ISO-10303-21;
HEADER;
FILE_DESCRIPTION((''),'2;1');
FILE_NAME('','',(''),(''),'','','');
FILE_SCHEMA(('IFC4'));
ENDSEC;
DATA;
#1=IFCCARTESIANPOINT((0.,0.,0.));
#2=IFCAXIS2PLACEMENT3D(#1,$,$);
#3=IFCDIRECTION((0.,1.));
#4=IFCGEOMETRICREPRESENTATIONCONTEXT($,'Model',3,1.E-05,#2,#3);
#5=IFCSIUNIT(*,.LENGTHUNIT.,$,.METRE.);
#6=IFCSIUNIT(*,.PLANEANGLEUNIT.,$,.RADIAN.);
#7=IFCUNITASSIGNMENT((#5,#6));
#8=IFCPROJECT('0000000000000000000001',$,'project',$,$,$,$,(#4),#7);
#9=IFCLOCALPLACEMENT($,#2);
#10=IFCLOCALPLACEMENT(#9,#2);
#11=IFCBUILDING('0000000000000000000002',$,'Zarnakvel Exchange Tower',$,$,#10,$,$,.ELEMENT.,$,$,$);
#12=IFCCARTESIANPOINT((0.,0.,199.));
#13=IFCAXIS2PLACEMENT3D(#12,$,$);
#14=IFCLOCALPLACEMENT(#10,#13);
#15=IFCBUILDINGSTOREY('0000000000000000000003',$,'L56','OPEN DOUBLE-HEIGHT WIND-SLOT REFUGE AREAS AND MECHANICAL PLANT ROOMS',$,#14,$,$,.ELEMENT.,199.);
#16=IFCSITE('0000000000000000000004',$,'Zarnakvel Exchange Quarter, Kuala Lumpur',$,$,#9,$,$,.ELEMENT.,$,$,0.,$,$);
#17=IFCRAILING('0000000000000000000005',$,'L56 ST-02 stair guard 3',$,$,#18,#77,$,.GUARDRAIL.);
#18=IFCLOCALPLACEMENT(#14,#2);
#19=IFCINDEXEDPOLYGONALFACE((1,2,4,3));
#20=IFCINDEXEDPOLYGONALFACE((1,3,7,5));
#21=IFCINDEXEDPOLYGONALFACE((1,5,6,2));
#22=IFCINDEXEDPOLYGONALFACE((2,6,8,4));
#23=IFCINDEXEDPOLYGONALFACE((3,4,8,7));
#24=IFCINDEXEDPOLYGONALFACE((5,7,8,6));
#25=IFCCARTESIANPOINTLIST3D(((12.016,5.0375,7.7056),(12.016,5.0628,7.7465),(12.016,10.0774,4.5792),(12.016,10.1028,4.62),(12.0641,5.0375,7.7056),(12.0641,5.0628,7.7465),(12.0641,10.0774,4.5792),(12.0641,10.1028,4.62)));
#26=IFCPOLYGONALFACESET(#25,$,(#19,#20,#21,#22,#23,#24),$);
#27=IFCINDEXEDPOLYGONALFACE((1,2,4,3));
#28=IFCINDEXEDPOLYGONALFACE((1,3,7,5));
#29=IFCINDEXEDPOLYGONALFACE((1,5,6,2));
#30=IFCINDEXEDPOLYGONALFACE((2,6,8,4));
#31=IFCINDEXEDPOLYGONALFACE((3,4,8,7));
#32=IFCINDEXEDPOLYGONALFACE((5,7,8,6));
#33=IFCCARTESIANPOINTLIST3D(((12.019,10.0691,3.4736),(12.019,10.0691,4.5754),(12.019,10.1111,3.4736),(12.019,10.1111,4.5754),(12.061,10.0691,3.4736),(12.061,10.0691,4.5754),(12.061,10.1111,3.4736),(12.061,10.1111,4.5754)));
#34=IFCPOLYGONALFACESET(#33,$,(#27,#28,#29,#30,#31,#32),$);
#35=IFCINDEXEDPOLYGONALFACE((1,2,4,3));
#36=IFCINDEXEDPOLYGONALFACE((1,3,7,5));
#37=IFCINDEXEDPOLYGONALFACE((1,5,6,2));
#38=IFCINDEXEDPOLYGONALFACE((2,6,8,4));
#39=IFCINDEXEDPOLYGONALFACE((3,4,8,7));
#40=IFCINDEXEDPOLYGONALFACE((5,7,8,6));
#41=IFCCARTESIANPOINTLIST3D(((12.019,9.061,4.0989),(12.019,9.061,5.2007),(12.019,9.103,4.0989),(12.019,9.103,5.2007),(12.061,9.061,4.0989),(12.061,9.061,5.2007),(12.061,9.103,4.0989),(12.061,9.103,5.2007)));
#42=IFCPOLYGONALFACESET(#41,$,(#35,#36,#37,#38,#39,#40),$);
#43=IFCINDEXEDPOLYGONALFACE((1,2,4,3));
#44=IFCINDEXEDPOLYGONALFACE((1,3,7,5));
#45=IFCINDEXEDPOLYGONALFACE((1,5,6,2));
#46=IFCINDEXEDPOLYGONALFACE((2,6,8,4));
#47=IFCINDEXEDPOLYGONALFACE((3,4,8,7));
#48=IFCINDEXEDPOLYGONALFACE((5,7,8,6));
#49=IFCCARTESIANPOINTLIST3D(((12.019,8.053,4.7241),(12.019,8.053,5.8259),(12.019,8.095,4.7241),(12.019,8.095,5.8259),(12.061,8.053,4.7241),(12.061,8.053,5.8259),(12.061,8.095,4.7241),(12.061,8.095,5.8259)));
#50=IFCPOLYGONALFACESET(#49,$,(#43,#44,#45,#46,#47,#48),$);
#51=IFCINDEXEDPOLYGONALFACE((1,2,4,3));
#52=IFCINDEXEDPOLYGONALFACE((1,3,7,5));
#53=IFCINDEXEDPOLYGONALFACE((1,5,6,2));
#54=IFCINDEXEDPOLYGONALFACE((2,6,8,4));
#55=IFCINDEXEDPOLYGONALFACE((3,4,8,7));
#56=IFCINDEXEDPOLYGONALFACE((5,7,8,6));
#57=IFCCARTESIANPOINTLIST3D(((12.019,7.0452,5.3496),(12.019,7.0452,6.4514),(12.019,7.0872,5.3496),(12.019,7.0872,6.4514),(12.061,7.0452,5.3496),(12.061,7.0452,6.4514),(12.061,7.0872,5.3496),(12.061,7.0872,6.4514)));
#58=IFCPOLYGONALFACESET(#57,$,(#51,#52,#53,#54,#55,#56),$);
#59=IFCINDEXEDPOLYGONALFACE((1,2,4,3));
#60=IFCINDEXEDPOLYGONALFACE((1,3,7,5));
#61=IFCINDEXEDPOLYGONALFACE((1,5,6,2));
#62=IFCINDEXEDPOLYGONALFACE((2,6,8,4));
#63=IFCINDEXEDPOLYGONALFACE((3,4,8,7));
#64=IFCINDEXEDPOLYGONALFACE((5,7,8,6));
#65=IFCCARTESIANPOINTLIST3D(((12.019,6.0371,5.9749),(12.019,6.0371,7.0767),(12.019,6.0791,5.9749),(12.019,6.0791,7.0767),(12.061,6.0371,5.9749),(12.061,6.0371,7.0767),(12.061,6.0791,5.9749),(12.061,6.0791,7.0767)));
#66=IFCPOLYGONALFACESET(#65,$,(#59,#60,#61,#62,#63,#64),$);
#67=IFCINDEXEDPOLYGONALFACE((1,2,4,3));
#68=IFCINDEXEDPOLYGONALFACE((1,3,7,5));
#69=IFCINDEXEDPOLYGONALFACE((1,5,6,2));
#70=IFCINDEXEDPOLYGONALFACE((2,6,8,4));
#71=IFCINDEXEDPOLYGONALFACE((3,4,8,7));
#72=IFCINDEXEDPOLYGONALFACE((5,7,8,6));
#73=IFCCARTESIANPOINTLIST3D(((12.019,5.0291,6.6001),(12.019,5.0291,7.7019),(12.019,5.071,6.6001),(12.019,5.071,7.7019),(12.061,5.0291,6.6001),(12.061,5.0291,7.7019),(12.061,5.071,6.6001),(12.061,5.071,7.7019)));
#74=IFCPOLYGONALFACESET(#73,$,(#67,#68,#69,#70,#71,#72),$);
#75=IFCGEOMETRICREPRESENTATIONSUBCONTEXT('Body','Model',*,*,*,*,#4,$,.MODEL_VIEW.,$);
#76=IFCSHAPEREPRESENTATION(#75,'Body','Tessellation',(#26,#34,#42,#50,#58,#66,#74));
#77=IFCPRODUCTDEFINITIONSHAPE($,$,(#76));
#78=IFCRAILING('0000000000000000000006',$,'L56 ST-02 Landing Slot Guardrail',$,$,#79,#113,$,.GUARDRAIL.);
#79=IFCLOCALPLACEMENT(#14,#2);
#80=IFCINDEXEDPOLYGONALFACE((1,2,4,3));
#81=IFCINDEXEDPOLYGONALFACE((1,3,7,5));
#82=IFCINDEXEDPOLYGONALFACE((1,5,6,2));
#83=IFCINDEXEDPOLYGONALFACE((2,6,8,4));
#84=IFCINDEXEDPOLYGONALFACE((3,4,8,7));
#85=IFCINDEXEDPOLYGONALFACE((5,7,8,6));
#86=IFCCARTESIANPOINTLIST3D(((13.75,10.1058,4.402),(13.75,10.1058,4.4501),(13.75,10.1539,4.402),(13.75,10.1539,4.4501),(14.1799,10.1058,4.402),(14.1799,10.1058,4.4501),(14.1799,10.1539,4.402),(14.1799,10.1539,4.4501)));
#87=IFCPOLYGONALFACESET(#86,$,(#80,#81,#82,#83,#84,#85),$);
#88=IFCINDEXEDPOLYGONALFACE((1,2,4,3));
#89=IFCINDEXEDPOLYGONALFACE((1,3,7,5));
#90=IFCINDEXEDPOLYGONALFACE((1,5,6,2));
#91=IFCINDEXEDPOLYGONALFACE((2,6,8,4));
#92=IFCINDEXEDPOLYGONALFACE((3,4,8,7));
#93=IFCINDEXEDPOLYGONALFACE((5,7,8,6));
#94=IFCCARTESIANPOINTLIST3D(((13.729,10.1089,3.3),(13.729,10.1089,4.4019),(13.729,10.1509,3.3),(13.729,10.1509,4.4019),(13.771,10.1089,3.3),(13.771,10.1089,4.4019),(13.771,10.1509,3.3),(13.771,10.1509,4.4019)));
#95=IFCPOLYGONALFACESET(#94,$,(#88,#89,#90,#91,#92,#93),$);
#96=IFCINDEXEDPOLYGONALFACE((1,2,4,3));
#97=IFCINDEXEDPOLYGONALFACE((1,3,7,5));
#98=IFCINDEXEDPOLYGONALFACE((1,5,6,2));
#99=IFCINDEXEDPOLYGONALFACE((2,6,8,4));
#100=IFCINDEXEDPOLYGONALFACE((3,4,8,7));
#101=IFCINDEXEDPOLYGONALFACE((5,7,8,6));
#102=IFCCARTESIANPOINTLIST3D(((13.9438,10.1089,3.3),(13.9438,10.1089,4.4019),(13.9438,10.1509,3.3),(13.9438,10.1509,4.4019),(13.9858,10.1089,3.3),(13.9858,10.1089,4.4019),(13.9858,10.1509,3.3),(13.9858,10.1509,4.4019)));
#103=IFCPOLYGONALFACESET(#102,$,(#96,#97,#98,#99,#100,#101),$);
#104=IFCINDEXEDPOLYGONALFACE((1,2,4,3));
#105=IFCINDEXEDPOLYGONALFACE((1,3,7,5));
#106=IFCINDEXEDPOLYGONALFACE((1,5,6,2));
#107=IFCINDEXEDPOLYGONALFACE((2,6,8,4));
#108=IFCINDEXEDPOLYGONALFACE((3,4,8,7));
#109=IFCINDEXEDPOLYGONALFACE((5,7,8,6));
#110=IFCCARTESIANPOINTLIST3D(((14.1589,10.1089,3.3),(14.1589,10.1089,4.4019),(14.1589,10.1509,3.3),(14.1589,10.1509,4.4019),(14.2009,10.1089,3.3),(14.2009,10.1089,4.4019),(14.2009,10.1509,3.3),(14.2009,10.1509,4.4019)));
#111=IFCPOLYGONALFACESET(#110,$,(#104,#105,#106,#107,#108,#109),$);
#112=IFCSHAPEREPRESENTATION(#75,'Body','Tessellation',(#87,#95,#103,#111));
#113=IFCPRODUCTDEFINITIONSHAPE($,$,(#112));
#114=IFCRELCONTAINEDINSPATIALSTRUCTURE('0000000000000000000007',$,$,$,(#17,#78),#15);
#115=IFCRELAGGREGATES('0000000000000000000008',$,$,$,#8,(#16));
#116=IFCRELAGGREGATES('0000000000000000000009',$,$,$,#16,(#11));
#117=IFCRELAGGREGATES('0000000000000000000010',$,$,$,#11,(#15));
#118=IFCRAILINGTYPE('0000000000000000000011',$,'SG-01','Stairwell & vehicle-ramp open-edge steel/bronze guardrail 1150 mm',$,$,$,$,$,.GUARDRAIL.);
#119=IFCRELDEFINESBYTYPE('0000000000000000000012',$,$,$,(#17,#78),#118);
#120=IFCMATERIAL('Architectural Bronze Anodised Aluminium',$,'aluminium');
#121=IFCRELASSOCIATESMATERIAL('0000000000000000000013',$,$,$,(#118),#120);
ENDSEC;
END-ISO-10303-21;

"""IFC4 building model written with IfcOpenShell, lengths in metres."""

from ifc_helpers import new_model, si_unit, direction, frame, origin, origin_2d, place, context, subcontext, project, spatial, rectangle, extrude, material, type_object, element, save


model = new_model("IFC4")

# Units and contexts
model_context = context("Model", 3, precision=1e-05, world=origin(), true_north=direction((0.0, 1.0)))
body_context = subcontext(model_context, "Body", "Model", "MODEL_VIEW")
ifc_project = project(units=[si_unit("LENGTHUNIT", "METRE"), si_unit("PLANEANGLEUNIT", "RADIAN")], contexts=[model_context])

# Site, building, storey
site_placement = place(None, origin())
site = spatial("IfcSite", under=ifc_project, at=site_placement, Name="Zarnakvel Exchange Quarter, Kuala Lumpur", CompositionType="ELEMENT", RefElevation=0.0)
building_placement = place(site_placement, origin())
building = spatial("IfcBuilding", under=site, at=building_placement, Name="Zarnakvel Exchange Tower", CompositionType="ELEMENT")
storey_placement = place(building_placement, frame((0.0, 0.0, 199.0)))
storey = spatial("IfcBuildingStorey", under=building, at=storey_placement, Name="L56", Description="OPEN DOUBLE-HEIGHT WIND-SLOT REFUGE AREAS AND MECHANICAL PLANT ROOMS", CompositionType="ELEMENT", Elevation=199.0)

# Railings
ifc_material_1 = material(Name="Architectural Bronze Anodised Aluminium", Category="aluminium")
railing_type_1 = type_object("IfcRailingType", Name="SG-01", Description="Stairwell & vehicle-ramp open-edge steel/bronze guardrail 1150 mm", PredefinedType="GUARDRAIL", material=ifc_material_1)
railing_1_placement = place(storey_placement, frame((12.04, 10.0901, 3.4736)))
element("IfcRailing", 1, at=railing_1_placement, inside=storey, type_object=railing_type_1, Name="L56 ST-02 stair guard 3", PredefinedType="GUARDRAIL", context=body_context, shape_type="SweptSolid", body=[
    extrude(rectangle(XDim=0.0481, YDim=0.0481, at=origin_2d()), frame((0.0, 0.0, 1.126), z_axis=(0.0, -0.849779, 0.527139), x_axis=(1.0, 0.0, 0.0)), (0.0, 0.0, 1.0), 5.9309),
    extrude(rectangle(XDim=0.042, YDim=0.042, at=origin_2d()), origin(), (0.0, 0.0, 1.0), 1.1018),
    extrude(rectangle(XDim=0.042, YDim=0.042, at=origin_2d()), frame((0.0, -1.0081, 0.6252)), (0.0, 0.0, 1.0), 1.1018),
    extrude(rectangle(XDim=0.042, YDim=0.042, at=origin_2d()), frame((0.0, -2.0161, 1.2505)), (0.0, 0.0, 1.0), 1.1018),
    extrude(rectangle(XDim=0.042, YDim=0.042, at=origin_2d()), frame((0.0, -3.0239, 1.876)), (0.0, 0.0, 1.0), 1.1018),
    extrude(rectangle(XDim=0.042, YDim=0.042, at=origin_2d()), frame((0.0, -4.032, 2.5012)), (0.0, 0.0, 1.0), 1.1018),
    extrude(rectangle(XDim=0.042, YDim=0.042, at=origin_2d()), frame((0.0, -5.04, 3.1265)), (0.0, 0.0, 1.0), 1.1018),
])
railing_2_placement = place(storey_placement, frame((13.75, 10.1299, 3.3)))
element("IfcRailing", 2, at=railing_2_placement, inside=storey, type_object=railing_type_1, Name="L56 ST-02 Landing Slot Guardrail", PredefinedType="GUARDRAIL", context=body_context, shape_type="SweptSolid", body=[
    extrude(rectangle(XDim=0.0481, YDim=0.0481, at=origin_2d()), frame((0.0, 0.0, 1.126), z_axis=(1.0, 0.0, 0.0), x_axis=(0.0, 1.0, 0.0)), (0.0, 0.0, 1.0), 0.4299),
    extrude(rectangle(XDim=0.042, YDim=0.042, at=origin_2d()), origin(), (0.0, 0.0, 1.0), 1.1018),
    extrude(rectangle(XDim=0.042, YDim=0.042, at=origin_2d()), frame((0.2148, 0.0, 0.0)), (0.0, 0.0, 1.0), 1.1018),
    extrude(rectangle(XDim=0.042, YDim=0.042, at=origin_2d()), frame((0.4299, 0.0, 0.0)), (0.0, 0.0, 1.0), 1.1018),
])

save(model, "model.ifc")
